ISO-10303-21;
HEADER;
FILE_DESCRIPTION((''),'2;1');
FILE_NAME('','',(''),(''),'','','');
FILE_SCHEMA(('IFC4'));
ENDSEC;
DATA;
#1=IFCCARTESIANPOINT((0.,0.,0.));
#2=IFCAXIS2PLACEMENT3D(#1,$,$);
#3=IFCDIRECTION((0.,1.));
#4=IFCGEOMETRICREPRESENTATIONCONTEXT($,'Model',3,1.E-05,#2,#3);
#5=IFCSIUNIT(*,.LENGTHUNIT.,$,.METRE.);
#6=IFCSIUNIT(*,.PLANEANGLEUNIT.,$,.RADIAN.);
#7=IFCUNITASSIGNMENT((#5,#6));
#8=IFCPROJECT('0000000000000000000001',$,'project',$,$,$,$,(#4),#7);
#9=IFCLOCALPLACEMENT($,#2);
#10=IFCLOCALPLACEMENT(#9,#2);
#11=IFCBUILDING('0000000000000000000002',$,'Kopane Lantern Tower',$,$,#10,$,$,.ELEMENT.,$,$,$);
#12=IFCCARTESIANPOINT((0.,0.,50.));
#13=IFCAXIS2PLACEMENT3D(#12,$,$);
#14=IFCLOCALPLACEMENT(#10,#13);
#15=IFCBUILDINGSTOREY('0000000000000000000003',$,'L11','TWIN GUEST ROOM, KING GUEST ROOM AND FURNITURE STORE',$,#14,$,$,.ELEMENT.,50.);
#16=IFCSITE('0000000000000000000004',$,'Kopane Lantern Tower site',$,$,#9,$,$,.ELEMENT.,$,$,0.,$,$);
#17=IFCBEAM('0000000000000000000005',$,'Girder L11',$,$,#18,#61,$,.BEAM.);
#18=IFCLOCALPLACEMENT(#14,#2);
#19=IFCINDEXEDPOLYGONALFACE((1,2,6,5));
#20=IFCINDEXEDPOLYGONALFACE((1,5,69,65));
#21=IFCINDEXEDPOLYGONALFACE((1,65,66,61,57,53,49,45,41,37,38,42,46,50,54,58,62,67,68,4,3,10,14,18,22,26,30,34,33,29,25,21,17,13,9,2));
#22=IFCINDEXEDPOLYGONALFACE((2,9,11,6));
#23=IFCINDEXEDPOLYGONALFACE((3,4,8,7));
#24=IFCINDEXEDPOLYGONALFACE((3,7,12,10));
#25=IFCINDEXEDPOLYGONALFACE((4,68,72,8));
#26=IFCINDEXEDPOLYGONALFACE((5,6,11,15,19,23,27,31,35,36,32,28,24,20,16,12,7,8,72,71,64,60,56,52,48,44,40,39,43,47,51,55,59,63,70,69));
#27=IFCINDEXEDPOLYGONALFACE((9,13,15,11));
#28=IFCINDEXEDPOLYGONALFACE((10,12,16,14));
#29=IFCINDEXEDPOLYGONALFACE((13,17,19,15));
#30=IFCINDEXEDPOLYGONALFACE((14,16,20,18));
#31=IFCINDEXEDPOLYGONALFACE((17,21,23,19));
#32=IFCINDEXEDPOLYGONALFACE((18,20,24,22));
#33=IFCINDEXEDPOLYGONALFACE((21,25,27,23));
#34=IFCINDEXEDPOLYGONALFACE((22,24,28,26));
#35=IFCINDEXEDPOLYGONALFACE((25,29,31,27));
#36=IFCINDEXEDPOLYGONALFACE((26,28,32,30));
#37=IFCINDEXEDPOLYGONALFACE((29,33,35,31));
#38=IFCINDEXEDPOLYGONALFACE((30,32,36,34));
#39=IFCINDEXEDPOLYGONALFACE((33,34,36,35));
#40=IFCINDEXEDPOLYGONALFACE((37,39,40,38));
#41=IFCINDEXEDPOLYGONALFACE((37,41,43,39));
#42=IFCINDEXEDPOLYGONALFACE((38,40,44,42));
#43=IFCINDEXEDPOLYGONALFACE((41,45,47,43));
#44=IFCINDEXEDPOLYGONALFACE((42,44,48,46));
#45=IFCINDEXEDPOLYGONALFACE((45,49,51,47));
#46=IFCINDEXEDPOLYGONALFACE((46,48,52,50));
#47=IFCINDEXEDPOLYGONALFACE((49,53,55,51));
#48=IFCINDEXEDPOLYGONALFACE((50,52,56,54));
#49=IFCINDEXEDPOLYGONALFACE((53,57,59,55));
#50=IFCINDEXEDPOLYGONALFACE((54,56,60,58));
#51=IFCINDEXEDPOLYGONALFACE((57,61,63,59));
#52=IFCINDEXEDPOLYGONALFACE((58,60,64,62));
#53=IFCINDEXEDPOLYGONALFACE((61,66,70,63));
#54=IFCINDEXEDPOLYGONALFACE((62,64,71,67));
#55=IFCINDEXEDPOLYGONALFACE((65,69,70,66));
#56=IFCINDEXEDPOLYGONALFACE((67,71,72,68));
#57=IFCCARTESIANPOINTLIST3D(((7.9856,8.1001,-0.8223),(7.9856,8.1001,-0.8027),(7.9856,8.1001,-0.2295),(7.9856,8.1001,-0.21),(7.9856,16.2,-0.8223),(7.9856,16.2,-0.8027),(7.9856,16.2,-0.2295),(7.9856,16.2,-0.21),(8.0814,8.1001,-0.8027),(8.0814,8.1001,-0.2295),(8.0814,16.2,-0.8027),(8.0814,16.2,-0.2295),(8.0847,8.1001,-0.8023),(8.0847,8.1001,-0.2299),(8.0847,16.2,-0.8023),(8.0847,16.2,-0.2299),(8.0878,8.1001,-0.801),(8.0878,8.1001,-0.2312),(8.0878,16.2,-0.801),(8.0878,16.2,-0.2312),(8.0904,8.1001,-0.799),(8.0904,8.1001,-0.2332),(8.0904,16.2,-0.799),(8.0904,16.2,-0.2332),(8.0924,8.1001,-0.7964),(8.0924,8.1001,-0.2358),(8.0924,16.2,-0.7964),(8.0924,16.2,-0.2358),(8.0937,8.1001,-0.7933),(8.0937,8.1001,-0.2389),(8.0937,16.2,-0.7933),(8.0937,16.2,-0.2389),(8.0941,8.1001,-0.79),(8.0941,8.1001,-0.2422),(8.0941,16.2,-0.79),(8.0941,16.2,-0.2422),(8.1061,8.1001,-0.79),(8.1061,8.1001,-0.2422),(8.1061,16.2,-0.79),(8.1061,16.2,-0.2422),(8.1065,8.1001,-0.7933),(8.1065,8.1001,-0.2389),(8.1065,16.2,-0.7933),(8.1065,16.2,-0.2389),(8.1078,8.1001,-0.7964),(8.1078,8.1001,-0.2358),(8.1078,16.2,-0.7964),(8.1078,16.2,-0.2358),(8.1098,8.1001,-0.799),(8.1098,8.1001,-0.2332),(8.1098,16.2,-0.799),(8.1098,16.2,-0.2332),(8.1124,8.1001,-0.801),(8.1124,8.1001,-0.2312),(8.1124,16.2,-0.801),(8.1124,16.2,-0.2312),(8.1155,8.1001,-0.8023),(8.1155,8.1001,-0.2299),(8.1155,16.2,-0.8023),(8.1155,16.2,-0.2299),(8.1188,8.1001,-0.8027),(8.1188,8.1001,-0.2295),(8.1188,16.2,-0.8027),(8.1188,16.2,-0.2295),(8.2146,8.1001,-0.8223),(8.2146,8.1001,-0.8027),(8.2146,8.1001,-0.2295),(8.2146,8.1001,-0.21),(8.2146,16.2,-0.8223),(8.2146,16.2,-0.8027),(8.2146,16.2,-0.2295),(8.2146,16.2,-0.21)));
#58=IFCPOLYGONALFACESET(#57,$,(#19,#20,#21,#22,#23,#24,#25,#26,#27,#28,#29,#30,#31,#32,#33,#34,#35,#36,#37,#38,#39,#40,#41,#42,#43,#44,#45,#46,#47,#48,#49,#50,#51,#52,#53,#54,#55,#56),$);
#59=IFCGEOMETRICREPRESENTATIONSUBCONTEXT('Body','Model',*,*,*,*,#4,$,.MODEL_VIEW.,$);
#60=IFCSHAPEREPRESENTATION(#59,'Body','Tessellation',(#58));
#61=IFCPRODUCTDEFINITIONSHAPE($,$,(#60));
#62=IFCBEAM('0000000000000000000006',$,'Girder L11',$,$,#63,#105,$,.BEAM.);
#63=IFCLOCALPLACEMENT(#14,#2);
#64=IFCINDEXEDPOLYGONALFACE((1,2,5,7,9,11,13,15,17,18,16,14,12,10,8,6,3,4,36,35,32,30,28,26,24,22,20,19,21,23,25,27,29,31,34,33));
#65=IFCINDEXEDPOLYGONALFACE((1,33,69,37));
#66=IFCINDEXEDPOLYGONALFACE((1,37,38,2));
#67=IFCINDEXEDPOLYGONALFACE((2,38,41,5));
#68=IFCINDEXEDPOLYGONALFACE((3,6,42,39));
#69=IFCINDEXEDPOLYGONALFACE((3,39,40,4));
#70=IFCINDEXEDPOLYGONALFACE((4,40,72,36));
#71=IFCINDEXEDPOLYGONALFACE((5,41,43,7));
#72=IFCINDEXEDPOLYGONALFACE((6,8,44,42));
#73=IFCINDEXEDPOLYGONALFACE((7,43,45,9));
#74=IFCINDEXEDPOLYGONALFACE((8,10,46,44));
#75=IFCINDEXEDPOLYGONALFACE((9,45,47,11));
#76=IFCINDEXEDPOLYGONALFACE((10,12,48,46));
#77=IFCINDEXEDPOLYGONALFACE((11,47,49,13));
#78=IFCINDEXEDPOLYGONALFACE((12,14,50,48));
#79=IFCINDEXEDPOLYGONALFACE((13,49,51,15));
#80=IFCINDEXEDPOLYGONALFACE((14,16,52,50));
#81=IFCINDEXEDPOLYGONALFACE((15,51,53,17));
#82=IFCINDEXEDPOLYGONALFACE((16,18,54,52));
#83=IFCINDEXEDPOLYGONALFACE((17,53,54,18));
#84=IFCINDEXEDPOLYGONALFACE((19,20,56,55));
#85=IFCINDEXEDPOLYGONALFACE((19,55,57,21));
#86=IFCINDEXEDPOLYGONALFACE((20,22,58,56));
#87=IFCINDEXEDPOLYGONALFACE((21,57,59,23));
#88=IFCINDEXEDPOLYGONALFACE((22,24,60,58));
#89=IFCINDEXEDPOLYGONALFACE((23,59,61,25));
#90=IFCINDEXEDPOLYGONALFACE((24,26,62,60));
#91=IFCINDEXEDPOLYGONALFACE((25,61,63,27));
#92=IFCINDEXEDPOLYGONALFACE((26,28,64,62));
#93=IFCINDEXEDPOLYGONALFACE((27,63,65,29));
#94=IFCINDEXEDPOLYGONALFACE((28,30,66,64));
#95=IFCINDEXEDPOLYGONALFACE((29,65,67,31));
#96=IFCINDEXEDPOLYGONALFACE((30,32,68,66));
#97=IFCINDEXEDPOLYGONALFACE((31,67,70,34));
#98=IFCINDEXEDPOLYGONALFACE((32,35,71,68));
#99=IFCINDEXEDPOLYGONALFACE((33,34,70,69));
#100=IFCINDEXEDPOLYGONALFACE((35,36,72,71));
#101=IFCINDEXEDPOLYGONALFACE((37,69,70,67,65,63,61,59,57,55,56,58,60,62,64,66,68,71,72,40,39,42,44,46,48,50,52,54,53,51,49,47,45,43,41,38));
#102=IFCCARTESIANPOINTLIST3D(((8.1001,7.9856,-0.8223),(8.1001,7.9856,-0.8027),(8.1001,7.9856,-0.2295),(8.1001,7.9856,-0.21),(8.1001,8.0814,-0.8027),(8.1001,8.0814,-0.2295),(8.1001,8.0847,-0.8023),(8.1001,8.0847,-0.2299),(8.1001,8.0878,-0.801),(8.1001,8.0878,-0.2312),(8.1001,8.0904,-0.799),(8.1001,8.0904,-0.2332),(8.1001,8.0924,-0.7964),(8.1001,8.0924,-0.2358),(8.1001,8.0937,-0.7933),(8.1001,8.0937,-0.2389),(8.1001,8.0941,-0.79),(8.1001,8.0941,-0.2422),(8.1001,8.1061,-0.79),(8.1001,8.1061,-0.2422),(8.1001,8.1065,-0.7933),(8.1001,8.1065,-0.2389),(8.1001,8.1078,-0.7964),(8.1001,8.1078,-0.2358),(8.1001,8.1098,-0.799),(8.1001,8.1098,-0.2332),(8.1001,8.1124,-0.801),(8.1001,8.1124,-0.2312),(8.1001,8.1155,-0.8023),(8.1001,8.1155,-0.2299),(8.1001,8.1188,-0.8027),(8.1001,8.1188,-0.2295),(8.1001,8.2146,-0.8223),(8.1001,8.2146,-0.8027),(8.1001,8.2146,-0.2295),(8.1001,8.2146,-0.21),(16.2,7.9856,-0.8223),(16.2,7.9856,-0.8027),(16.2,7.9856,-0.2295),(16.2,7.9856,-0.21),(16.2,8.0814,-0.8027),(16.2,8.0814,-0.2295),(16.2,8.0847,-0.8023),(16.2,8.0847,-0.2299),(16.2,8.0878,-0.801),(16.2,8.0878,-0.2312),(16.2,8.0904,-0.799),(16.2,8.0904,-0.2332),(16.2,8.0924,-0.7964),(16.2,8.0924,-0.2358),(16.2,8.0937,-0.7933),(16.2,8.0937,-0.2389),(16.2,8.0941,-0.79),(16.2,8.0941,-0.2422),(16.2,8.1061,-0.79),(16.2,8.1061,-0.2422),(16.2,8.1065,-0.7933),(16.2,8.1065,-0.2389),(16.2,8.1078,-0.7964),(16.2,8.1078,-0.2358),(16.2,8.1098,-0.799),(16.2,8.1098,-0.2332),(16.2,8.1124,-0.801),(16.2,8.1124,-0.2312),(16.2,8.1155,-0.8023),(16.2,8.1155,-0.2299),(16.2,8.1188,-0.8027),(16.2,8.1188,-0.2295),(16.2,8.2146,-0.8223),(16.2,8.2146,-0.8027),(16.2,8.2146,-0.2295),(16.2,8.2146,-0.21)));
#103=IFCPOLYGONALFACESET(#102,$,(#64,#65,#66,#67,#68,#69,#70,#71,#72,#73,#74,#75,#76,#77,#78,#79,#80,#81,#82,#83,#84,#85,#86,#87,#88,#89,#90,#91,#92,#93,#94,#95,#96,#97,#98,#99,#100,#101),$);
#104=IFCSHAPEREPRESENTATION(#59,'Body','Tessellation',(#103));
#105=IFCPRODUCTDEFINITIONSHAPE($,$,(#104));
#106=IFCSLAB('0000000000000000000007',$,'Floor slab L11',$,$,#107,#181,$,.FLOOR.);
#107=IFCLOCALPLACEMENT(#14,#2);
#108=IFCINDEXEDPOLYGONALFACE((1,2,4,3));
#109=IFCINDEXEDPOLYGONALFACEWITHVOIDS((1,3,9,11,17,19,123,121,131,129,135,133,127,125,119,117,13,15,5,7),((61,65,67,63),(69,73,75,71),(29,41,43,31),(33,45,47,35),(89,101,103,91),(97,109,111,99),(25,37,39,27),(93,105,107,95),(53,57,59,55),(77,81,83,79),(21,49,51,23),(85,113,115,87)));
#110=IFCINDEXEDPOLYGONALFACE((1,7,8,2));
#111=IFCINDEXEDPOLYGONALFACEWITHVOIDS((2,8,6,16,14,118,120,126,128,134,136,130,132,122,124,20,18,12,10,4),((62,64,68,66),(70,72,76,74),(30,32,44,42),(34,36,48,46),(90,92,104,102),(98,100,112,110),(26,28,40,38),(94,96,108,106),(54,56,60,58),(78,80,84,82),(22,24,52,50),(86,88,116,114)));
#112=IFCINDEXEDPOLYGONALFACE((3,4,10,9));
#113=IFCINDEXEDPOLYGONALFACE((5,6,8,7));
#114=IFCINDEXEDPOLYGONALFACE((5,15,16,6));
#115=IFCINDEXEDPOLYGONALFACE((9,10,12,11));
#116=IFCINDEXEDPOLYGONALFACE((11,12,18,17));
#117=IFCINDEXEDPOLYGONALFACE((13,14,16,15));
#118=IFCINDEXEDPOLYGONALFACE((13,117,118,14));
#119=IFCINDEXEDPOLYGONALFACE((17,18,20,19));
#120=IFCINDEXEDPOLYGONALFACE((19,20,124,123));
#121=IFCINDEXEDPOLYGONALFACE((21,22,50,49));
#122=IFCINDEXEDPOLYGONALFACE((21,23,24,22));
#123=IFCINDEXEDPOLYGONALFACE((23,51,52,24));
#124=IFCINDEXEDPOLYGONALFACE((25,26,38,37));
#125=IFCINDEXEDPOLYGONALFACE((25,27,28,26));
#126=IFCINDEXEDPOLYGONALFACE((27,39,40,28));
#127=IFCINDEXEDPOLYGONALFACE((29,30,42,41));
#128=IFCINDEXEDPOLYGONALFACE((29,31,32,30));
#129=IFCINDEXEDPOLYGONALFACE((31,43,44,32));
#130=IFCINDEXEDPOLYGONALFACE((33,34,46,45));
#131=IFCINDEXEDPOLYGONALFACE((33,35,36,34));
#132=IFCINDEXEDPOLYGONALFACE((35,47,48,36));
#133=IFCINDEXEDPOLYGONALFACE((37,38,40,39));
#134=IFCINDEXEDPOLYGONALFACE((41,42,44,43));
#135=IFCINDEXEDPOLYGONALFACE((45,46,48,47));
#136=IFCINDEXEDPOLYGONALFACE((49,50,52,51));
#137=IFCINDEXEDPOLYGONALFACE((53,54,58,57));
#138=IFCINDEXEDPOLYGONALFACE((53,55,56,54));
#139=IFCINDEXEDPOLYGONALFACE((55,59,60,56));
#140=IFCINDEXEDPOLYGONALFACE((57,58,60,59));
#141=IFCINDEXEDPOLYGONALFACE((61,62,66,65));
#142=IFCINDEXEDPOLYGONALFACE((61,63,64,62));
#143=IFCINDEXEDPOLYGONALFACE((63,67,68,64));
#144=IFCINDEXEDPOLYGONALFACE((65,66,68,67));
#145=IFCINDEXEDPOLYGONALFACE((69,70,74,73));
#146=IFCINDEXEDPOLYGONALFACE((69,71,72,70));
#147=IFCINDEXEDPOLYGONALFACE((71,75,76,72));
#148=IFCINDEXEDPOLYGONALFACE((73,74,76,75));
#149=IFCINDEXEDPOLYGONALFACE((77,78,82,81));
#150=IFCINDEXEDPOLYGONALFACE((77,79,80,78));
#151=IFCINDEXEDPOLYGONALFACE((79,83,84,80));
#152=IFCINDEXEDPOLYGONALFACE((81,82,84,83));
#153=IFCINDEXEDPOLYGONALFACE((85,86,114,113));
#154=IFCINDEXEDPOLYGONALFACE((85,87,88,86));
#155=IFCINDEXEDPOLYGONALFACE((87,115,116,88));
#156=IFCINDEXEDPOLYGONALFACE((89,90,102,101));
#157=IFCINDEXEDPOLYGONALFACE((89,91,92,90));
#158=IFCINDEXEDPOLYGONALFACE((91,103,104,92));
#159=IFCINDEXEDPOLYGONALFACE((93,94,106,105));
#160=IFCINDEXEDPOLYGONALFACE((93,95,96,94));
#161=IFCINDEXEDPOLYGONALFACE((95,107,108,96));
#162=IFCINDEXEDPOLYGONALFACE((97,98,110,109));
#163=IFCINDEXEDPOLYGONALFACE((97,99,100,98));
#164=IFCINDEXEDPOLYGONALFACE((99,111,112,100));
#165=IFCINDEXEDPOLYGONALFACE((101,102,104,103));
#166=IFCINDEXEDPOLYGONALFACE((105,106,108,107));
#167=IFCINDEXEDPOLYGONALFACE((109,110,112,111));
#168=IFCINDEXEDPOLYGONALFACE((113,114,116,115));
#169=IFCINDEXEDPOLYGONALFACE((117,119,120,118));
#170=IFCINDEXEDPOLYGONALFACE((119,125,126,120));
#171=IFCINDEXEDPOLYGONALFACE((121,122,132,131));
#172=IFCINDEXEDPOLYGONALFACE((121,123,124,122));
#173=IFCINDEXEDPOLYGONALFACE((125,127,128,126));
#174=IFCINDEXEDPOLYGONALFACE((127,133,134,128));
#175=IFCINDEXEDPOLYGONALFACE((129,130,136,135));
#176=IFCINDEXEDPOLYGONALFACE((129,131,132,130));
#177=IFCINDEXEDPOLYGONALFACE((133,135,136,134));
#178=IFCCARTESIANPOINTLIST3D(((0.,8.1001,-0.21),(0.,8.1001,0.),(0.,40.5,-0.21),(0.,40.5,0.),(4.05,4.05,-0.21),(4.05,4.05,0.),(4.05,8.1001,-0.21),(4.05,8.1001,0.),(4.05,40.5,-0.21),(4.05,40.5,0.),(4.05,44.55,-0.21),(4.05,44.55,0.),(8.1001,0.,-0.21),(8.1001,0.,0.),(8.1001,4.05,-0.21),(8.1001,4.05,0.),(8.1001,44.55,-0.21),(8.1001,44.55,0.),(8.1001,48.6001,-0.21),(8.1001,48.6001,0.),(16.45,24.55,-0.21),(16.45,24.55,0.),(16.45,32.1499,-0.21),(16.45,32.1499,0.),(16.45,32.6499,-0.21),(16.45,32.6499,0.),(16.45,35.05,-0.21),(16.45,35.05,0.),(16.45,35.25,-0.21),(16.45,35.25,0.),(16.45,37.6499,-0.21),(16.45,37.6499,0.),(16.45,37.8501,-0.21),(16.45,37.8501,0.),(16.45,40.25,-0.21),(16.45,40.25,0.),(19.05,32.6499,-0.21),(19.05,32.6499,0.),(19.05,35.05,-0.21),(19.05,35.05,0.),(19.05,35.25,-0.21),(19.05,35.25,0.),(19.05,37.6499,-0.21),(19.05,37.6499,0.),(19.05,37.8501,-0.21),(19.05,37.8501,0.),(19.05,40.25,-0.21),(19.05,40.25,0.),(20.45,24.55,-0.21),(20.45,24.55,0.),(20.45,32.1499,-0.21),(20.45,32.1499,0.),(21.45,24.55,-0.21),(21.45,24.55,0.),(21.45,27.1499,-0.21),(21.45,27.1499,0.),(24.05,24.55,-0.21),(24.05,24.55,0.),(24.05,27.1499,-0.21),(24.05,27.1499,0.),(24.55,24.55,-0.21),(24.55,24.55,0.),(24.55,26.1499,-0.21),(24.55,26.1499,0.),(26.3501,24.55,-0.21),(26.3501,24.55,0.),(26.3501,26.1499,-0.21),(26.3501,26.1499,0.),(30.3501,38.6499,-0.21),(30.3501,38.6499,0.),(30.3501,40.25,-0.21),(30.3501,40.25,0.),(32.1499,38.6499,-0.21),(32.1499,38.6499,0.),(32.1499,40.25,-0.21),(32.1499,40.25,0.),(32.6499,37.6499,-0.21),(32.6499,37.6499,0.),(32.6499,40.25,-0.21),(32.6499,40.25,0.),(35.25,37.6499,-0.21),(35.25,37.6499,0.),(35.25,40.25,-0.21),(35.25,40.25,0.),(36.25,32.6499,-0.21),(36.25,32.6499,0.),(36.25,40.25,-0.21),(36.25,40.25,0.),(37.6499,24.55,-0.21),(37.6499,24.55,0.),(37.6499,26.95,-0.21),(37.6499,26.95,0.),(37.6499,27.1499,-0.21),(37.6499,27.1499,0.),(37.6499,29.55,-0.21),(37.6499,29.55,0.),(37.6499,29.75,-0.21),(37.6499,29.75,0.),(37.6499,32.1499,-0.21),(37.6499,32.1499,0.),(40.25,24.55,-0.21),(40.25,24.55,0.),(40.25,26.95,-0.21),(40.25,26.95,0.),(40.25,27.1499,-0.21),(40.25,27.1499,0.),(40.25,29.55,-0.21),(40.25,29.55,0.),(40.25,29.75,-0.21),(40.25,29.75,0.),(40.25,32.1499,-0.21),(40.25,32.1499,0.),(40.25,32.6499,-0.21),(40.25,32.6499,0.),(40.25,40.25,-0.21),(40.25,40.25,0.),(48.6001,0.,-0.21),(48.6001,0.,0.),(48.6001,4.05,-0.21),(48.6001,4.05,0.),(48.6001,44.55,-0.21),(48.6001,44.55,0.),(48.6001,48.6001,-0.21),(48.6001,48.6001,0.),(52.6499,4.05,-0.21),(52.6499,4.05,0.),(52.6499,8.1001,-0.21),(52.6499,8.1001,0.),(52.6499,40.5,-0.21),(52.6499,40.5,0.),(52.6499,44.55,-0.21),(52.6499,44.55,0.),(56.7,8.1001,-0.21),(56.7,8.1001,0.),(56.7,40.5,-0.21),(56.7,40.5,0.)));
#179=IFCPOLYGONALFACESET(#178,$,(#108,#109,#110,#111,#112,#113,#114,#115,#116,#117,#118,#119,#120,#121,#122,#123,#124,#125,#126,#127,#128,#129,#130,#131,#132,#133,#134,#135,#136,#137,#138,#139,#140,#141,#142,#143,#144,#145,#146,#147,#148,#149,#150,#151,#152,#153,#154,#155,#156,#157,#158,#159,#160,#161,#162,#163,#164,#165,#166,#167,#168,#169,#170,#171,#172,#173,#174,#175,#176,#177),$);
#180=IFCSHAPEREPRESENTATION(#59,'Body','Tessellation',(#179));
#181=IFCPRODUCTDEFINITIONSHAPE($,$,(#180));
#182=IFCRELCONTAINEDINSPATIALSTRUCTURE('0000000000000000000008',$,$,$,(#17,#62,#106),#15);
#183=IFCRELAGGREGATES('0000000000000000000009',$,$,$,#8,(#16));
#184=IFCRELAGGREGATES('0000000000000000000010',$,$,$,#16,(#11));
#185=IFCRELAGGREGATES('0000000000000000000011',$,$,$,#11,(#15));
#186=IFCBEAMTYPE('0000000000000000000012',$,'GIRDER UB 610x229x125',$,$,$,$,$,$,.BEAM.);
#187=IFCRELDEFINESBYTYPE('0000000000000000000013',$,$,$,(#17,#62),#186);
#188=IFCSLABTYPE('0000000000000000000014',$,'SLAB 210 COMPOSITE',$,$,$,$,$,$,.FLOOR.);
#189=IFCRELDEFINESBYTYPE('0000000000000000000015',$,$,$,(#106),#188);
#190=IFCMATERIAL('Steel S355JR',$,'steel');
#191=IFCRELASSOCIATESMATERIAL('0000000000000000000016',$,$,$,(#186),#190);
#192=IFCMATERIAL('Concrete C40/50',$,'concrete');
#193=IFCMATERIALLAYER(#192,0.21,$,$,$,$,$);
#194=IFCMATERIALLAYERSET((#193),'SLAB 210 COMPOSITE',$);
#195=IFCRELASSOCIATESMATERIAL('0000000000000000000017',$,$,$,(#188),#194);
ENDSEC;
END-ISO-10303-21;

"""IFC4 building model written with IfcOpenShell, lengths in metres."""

from ifc_helpers import new_model, si_unit, direction, frame, origin, origin_2d, place, context, subcontext, project, spatial, polyline, i_section, outline, extrude, material, layer, layer_set, material_profile, profile_set, type_object, element, save


model = new_model("IFC4")

# Units and contexts
model_context = context("Model", 3, precision=1e-05, world=origin(), true_north=direction((0.0, 1.0)))
body_context = subcontext(model_context, "Body", "Model", "MODEL_VIEW")
ifc_project = project(units=[si_unit("LENGTHUNIT", "METRE"), si_unit("PLANEANGLEUNIT", "RADIAN")], contexts=[model_context])

# Site, building, storey
site_placement = place(None, origin())
site = spatial("IfcSite", under=ifc_project, at=site_placement, Name="Kopane Lantern Tower site", CompositionType="ELEMENT", RefElevation=0.0)
building_placement = place(site_placement, origin())
building = spatial("IfcBuilding", under=site, at=building_placement, Name="Kopane Lantern Tower", CompositionType="ELEMENT")
storey_placement = place(building_placement, frame((0.0, 0.0, 50.0)))
storey = spatial("IfcBuildingStorey", under=building, at=storey_placement, Name="L11", Description="TWIN GUEST ROOM, KING GUEST ROOM AND FURNITURE STORE", CompositionType="ELEMENT", Elevation=50.0)

# Beams
ifc_material_1 = material(Name="Steel S355JR", Category="steel")
ifc_material_profile_1 = material_profile(ifc_material_1, i_section(OverallWidth=0.229, OverallDepth=0.6123, WebThickness=0.012, FlangeThickness=0.0195, FilletRadius=0.0127, at=origin_2d()), Name="UB 610x229x125")
ifc_profile_set_1 = profile_set([ifc_material_profile_1], Name="Steel S355JR")
beam_type_1 = type_object("IfcBeamType", Name="GIRDER UB 610x229x125", PredefinedType="BEAM", material=ifc_profile_set_1)
for number, where, z_axis, x_axis, name in (
    (1, (8.1001, 8.1001, -0.5161), (0.0, 1.0, 0.0), (-1.0, 0.0, 0.0), "Girder L11"),
    (2, (8.1001, 8.1001, -0.5161), (1.0, 0.0, 0.0), (0.0, 1.0, 0.0), "Girder L11"),
):
    element("IfcBeam", number, at=place(storey_placement, frame(where, z_axis=z_axis, x_axis=x_axis)), inside=storey, type_object=beam_type_1, Name=name, PredefinedType="BEAM", context=body_context, shape_type="SweptSolid", body=[
        extrude(i_section(OverallWidth=0.229, OverallDepth=0.6123, WebThickness=0.012, FlangeThickness=0.0195, FilletRadius=0.0127, at=origin_2d()), origin(), (0.0, 0.0, 1.0), 8.0999),
    ])

# Slab
ifc_material_2 = material(Name="Concrete C40/50", Category="concrete")
ifc_layer_1 = layer(ifc_material_2, 0.21)
ifc_layer_set_1 = layer_set([ifc_layer_1], Name="SLAB 210 COMPOSITE")
slab_type_1 = type_object("IfcSlabType", Name="SLAB 210 COMPOSITE", PredefinedType="FLOOR", material=ifc_layer_set_1)
slab_1_placement = place(storey_placement, frame((0.0, 0.0, -0.21)))
element("IfcSlab", 3, at=slab_1_placement, inside=storey, type_object=slab_type_1, Name="Floor slab L11", PredefinedType="FLOOR", context=body_context, shape_type="SweptSolid", body=[
    extrude(outline(polyline([(8.1001, 0.0), (48.6001, 0.0), (48.6001, 4.05), (52.6499, 4.05), (52.6499, 8.1001), (56.7, 8.1001), (56.7, 40.5), (52.6499, 40.5), (52.6499, 44.55), (48.6001, 44.55), (48.6001, 48.6001), (8.1001, 48.6001), (8.1001, 44.55), (4.05, 44.55), (4.05, 40.5), (0.0, 40.5), (0.0, 8.1001), (4.05, 8.1001), (4.05, 4.05), (8.1001, 4.05), (8.1001, 0.0)]), holes=[polyline([(16.45, 24.55), (20.45, 24.55), (20.45, 32.1499), (16.45, 32.1499), (16.45, 24.55)]), polyline([(36.25, 32.6499), (40.25, 32.6499), (40.25, 40.25), (36.25, 40.25), (36.25, 32.6499)]), polyline([(16.45, 32.6499), (19.05, 32.6499), (19.05, 35.05), (16.45, 35.05), (16.45, 32.6499)]), polyline([(16.45, 35.25), (19.05, 35.25), (19.05, 37.6499), (16.45, 37.6499), (16.45, 35.25)]), polyline([(16.45, 37.8501), (19.05, 37.8501), (19.05, 40.25), (16.45, 40.25), (16.45, 37.8501)]), polyline([(37.6499, 24.55), (40.25, 24.55), (40.25, 26.95), (37.6499, 26.95), (37.6499, 24.55)]), polyline([(37.6499, 27.1499), (40.25, 27.1499), (40.25, 29.55), (37.6499, 29.55), (37.6499, 27.1499)]), polyline([(37.6499, 29.75), (40.25, 29.75), (40.25, 32.1499), (37.6499, 32.1499), (37.6499, 29.75)]), polyline([(21.45, 24.55), (24.05, 24.55), (24.05, 27.1499), (21.45, 27.1499), (21.45, 24.55)]), polyline([(32.6499, 37.6499), (35.25, 37.6499), (35.25, 40.25), (32.6499, 40.25), (32.6499, 37.6499)]), polyline([(24.55, 24.55), (26.3501, 24.55), (26.3501, 26.1499), (24.55, 26.1499), (24.55, 24.55)]), polyline([(30.3501, 38.6499), (32.1499, 38.6499), (32.1499, 40.25), (30.3501, 40.25), (30.3501, 38.6499)])]), origin(), (0.0, 0.0, 1.0), 0.21),
])

save(model, "model.ifc")
